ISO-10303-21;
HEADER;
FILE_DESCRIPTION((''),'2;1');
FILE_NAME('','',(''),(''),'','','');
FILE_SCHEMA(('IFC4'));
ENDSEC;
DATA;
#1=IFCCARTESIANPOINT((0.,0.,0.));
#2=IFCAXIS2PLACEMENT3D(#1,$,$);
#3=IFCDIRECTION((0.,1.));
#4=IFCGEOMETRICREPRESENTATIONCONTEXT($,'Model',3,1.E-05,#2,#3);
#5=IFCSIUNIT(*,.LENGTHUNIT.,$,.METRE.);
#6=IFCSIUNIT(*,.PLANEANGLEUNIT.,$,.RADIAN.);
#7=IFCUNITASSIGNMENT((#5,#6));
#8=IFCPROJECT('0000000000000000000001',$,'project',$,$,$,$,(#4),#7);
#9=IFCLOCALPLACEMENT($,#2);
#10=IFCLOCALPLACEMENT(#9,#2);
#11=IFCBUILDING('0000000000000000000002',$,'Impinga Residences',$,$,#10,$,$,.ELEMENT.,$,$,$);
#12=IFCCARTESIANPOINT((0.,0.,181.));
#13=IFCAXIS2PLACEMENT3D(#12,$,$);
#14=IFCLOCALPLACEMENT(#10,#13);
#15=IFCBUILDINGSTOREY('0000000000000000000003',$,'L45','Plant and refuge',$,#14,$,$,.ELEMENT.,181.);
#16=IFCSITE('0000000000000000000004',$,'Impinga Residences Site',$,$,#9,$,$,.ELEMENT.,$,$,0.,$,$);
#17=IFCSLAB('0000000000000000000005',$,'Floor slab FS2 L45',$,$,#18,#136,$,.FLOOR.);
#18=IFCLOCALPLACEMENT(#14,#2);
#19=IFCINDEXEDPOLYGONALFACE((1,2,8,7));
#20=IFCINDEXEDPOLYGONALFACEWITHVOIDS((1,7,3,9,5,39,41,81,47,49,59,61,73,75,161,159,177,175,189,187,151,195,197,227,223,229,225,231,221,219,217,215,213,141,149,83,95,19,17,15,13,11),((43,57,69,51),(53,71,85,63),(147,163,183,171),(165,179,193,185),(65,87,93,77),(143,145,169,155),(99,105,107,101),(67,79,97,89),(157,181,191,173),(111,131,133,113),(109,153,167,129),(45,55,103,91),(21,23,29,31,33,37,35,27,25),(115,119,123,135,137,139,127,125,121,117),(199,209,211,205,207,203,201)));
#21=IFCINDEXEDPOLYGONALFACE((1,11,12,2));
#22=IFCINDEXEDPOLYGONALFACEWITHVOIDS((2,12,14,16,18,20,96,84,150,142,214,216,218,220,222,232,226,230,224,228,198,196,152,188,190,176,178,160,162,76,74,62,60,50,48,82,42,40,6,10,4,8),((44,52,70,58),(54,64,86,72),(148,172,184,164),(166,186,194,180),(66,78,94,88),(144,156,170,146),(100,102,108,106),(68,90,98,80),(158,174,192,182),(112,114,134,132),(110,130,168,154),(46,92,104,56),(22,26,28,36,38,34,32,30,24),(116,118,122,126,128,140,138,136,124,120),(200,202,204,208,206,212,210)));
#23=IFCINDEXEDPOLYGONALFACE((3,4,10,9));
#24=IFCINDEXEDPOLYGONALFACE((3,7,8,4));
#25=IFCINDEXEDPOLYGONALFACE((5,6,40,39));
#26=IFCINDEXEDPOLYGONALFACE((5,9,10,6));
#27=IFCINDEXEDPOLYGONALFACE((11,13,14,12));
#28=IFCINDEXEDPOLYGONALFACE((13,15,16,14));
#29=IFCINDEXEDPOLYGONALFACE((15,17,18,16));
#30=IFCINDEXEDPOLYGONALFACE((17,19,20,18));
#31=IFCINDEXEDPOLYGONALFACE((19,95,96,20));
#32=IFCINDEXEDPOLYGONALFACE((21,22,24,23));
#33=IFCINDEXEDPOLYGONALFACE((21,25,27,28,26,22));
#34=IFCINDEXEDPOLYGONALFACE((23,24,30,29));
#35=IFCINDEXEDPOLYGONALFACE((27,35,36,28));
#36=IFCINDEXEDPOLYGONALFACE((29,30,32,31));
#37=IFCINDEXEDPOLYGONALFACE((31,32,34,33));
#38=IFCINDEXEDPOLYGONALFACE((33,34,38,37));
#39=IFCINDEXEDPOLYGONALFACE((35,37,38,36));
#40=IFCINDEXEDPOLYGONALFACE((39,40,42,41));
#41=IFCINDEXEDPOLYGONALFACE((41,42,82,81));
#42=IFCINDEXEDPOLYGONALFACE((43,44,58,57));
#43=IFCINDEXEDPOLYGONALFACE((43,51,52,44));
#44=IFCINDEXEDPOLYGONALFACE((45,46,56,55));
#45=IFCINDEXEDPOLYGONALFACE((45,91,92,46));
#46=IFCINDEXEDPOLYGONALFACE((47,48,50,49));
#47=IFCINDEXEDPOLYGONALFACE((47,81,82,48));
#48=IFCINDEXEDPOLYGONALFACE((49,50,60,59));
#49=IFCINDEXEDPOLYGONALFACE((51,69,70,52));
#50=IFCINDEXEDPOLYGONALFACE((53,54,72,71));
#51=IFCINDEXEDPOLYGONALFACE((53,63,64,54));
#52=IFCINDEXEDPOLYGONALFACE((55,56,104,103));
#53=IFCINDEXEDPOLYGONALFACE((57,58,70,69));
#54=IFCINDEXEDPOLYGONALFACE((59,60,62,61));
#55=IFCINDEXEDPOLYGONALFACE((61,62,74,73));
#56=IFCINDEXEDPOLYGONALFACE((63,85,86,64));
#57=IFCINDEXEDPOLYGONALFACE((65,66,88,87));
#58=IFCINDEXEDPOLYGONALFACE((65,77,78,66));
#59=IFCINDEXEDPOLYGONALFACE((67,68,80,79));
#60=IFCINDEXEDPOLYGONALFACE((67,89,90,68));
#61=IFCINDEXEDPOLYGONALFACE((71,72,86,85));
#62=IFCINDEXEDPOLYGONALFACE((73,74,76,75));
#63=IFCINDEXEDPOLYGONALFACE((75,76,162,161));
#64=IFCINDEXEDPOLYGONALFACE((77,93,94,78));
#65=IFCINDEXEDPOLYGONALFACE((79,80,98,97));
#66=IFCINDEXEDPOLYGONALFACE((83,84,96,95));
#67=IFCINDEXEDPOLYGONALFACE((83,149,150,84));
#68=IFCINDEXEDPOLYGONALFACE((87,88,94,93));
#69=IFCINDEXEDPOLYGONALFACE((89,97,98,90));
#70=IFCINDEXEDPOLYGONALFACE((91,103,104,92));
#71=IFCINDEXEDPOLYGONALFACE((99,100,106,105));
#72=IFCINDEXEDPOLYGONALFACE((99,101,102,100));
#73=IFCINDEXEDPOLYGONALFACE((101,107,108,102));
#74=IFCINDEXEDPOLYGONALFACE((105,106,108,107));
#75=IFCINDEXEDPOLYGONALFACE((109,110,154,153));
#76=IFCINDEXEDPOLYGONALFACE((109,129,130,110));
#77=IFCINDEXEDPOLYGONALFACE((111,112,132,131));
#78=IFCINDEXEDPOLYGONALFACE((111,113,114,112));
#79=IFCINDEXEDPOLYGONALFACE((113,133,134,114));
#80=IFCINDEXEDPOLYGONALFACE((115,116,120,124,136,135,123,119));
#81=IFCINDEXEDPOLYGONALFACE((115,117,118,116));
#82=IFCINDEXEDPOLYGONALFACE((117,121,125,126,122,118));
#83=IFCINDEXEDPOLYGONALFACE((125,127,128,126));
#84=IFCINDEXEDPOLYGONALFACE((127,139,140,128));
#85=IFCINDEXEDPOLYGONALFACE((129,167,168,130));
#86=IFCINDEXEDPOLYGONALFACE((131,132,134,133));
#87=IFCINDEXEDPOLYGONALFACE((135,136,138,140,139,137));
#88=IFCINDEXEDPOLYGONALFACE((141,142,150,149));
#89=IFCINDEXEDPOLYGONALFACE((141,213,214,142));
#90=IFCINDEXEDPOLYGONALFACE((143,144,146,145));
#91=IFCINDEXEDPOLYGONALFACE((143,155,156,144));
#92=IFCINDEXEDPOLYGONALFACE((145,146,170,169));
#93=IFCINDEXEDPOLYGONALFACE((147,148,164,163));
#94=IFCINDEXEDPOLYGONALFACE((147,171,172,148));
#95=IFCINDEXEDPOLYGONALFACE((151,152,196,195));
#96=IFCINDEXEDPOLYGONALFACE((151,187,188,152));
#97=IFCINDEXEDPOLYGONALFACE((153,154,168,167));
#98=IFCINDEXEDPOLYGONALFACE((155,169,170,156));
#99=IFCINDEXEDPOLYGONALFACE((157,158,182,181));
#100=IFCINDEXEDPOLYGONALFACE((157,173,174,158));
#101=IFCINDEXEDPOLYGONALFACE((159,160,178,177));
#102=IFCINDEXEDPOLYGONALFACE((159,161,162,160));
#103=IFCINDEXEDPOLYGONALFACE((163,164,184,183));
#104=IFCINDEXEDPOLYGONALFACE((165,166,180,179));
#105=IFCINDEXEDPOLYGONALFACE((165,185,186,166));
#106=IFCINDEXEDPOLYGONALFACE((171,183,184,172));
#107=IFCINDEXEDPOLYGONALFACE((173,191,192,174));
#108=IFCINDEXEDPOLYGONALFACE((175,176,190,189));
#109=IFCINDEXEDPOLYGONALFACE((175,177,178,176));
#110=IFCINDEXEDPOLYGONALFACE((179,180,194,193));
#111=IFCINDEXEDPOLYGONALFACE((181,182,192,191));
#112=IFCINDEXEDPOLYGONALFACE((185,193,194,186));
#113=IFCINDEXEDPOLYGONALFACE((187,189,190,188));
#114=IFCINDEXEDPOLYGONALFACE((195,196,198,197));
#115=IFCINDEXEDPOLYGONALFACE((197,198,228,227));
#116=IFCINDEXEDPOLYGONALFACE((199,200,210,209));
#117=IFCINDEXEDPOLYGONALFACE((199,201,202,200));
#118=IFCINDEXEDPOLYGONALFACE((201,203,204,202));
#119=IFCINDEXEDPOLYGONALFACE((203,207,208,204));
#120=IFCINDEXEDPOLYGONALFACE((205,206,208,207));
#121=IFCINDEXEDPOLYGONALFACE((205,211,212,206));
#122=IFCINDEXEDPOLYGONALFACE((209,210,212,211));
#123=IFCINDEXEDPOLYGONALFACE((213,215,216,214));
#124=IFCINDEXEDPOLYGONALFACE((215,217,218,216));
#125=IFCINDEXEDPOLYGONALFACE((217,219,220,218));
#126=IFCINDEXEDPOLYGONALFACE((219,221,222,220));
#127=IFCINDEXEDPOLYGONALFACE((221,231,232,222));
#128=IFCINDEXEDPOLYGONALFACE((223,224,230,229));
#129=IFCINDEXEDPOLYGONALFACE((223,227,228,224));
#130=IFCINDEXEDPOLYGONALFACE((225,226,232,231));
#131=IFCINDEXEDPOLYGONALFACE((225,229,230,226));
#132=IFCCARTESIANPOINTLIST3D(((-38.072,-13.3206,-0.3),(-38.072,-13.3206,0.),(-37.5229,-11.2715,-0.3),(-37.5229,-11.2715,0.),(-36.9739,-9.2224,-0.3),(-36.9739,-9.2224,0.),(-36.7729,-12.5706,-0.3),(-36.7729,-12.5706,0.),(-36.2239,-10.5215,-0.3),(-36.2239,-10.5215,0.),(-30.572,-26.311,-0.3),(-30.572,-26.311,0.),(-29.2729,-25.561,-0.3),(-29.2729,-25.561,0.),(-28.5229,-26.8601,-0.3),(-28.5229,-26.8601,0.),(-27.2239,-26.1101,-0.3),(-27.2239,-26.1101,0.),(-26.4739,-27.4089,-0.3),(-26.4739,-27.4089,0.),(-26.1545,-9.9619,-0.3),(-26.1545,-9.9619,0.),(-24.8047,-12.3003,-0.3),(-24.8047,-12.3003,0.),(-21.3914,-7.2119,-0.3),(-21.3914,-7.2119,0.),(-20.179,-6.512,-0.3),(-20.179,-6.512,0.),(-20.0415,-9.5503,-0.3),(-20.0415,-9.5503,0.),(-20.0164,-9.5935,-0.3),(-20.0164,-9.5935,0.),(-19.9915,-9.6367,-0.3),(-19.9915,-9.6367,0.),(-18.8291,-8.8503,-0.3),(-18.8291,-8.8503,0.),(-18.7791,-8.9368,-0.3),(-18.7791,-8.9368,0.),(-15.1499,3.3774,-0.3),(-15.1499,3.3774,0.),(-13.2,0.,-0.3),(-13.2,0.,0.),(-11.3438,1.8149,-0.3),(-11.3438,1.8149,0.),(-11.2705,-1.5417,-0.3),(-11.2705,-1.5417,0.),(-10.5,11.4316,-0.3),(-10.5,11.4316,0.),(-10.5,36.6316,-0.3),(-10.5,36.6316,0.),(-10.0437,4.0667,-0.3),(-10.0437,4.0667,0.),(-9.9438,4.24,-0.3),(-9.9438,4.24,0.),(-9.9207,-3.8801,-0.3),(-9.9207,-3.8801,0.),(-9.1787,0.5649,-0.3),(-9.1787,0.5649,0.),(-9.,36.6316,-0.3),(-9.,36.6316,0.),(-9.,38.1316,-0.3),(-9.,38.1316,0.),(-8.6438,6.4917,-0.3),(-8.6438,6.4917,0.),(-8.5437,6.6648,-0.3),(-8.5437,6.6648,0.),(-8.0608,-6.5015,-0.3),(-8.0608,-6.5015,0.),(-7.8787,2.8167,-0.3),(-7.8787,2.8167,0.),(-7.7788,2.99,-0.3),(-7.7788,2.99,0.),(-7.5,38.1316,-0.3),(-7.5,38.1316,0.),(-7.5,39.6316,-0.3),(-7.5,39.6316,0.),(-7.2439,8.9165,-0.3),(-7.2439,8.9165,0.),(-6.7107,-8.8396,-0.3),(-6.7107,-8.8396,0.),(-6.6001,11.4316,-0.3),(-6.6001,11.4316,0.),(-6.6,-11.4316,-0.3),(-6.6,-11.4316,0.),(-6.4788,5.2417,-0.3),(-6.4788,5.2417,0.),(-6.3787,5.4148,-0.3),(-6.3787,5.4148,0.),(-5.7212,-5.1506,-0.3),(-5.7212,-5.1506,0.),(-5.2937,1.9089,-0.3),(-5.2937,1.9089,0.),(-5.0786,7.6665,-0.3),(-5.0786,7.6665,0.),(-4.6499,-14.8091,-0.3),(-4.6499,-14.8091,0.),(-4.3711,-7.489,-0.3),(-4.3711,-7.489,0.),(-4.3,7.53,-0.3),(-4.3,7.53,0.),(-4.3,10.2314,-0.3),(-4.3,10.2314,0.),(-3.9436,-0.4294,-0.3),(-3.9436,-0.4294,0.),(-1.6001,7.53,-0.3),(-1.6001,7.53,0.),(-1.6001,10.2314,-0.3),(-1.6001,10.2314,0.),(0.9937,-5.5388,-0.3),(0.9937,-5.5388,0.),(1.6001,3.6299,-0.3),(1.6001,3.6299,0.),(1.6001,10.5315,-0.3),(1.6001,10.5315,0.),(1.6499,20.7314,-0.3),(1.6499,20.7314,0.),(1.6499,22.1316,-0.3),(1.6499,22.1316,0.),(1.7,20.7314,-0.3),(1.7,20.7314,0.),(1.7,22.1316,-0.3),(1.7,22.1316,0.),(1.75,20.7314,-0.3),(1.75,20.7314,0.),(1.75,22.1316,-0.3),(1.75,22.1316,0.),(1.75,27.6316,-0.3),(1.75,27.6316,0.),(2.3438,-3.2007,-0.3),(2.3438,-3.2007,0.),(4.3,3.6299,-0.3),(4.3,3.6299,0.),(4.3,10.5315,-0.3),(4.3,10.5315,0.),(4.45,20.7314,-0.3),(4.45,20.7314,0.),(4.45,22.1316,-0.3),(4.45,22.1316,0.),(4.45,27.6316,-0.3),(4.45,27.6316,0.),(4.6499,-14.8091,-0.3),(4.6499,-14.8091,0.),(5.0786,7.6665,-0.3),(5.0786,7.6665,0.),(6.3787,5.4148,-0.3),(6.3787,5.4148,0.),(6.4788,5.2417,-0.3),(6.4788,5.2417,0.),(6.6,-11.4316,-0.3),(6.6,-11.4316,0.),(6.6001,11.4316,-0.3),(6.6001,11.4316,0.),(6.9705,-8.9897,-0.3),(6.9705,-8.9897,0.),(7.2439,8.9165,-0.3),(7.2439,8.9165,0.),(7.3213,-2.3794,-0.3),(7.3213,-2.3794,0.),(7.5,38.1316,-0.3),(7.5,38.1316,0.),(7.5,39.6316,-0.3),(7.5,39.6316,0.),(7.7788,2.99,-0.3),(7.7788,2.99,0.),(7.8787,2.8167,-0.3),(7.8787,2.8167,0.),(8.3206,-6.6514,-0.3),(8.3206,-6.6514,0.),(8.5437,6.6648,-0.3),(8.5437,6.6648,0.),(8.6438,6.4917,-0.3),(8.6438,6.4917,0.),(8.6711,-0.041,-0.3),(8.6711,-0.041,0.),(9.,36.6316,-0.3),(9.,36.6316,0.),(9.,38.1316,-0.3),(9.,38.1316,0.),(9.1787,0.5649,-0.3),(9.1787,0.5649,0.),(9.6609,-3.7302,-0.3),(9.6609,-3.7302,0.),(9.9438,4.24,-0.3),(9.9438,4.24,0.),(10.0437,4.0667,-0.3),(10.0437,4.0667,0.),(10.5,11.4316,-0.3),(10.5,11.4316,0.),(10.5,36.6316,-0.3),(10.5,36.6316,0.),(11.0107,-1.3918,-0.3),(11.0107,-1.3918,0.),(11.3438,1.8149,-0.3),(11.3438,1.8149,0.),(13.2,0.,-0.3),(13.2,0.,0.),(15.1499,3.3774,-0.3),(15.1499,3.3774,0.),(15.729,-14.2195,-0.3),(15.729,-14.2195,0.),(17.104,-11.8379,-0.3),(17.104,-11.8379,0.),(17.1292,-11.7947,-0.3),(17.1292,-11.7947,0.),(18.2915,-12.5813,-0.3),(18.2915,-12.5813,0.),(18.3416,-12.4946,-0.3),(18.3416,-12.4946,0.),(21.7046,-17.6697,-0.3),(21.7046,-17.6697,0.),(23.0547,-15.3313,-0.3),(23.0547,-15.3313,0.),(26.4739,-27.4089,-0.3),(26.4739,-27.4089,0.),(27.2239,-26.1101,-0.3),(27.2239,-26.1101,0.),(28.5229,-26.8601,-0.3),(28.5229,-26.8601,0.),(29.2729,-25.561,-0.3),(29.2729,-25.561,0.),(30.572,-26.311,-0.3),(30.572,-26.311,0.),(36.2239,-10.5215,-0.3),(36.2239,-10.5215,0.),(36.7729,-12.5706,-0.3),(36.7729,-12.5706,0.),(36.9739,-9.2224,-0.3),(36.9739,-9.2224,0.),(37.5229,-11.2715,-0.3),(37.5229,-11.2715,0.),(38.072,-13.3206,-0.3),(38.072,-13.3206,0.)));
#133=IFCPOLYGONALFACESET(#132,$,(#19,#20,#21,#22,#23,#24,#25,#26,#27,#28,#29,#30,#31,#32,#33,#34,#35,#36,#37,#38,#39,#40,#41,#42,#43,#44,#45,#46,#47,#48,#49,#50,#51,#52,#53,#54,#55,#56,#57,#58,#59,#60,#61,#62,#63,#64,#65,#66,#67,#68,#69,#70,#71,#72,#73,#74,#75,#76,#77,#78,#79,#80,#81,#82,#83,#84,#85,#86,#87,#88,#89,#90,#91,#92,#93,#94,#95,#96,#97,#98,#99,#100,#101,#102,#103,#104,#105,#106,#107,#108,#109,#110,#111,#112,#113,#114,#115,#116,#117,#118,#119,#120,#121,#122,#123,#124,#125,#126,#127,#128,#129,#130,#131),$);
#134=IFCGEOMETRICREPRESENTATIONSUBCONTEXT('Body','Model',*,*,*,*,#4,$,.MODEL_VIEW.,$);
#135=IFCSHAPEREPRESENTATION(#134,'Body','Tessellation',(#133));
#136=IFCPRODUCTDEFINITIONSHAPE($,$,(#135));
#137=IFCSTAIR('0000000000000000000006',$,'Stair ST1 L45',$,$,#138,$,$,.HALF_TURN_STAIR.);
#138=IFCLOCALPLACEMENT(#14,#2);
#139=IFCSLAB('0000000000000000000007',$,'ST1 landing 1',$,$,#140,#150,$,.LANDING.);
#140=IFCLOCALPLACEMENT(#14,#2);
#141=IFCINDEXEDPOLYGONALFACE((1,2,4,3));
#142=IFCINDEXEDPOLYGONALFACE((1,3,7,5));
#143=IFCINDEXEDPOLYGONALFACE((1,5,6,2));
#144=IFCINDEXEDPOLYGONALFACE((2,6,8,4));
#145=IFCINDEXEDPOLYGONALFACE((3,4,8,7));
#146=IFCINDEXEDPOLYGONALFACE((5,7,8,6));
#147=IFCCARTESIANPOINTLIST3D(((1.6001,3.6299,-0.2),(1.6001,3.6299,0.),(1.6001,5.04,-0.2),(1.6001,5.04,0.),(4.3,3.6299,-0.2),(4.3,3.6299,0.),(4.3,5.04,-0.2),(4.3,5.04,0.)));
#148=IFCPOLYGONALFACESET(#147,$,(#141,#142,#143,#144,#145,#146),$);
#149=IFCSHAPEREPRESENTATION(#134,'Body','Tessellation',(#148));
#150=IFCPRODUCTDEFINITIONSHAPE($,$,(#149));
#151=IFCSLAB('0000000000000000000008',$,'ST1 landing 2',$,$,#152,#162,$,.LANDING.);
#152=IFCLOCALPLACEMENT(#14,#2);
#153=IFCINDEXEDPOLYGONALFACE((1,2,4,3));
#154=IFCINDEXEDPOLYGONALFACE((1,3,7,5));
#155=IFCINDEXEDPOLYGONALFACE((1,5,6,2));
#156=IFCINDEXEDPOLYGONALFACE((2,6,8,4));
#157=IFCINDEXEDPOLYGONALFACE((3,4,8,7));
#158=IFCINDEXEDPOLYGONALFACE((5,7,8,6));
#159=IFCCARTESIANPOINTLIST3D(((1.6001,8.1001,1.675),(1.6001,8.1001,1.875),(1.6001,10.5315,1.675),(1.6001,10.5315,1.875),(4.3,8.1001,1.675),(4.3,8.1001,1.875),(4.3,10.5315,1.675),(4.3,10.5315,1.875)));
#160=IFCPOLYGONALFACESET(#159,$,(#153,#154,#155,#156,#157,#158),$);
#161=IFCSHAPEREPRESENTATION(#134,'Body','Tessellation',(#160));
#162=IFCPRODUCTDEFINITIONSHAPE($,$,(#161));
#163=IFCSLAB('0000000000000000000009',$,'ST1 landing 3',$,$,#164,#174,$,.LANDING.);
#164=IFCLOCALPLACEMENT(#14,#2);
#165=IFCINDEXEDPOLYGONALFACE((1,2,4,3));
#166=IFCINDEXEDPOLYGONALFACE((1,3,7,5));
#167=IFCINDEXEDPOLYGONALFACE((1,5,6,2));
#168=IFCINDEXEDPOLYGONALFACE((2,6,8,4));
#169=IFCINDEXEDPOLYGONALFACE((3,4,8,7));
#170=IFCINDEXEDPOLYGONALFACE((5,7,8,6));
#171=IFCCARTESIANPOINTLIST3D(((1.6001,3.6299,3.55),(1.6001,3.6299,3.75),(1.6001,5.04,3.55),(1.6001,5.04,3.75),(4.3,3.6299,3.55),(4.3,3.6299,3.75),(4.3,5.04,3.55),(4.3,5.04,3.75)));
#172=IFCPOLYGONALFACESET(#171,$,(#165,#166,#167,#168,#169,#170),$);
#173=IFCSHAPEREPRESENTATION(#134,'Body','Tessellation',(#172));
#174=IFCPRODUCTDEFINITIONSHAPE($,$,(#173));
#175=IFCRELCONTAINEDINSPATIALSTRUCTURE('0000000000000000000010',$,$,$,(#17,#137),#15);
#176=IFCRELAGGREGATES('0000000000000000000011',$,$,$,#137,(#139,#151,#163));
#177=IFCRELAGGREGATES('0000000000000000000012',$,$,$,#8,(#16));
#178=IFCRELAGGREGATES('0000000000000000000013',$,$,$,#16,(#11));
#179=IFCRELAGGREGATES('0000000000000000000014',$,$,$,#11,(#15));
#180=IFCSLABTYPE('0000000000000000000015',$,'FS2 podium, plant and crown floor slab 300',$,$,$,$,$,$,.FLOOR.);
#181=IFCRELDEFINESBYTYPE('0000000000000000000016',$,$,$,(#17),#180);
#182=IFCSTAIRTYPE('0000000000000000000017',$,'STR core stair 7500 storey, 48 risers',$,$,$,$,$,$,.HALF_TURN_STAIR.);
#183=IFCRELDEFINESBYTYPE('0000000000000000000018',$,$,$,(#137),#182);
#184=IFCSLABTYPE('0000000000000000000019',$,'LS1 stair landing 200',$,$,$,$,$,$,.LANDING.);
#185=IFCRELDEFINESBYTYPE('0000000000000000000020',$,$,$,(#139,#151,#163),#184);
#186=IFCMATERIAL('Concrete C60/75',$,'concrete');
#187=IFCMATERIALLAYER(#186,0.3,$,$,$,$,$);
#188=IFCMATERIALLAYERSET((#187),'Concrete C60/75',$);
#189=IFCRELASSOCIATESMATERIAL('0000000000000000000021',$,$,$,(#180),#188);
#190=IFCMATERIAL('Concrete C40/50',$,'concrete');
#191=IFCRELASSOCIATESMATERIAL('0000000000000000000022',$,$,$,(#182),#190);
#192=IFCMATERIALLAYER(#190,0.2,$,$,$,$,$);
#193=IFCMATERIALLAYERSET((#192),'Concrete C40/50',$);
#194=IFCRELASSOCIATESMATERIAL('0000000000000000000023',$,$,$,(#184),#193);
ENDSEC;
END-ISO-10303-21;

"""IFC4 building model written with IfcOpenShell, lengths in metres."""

from ifc_helpers import new_model, si_unit, direction, frame, origin, place, context, subcontext, project, spatial, polyline, outline, extrude, material, layer, layer_set, type_object, element, aggregate, save


model = new_model("IFC4")

# Units and contexts
model_context = context("Model", 3, precision=1e-05, world=origin(), true_north=direction((0.0, 1.0)))
body_context = subcontext(model_context, "Body", "Model", "MODEL_VIEW")
ifc_project = project(units=[si_unit("LENGTHUNIT", "METRE"), si_unit("PLANEANGLEUNIT", "RADIAN")], contexts=[model_context])

# Site, building, storey
site_placement = place(None, origin())
site = spatial("IfcSite", under=ifc_project, at=site_placement, Name="Impinga Residences Site", CompositionType="ELEMENT", RefElevation=0.0)
building_placement = place(site_placement, origin())
building = spatial("IfcBuilding", under=site, at=building_placement, Name="Impinga Residences", CompositionType="ELEMENT")
storey_placement = place(building_placement, frame((0.0, 0.0, 181.0)))
storey = spatial("IfcBuildingStorey", under=building, at=storey_placement, Name="L45", Description="Plant and refuge", CompositionType="ELEMENT", Elevation=181.0)

# Slab
ifc_material_1 = material(Name="Concrete C60/75", Category="concrete")
ifc_layer_1 = layer(ifc_material_1, 0.3)
ifc_layer_set_1 = layer_set([ifc_layer_1], Name="Concrete C60/75")
slab_type_1 = type_object("IfcSlabType", Name="FS2 podium, plant and crown floor slab 300", PredefinedType="FLOOR", material=ifc_layer_set_1)
slab_1_placement = place(storey_placement, frame((0.0, 0.0, -0.3)))
element("IfcSlab", 1, at=slab_1_placement, inside=storey, type_object=slab_type_1, Name="Floor slab FS2 L45", PredefinedType="FLOOR", context=body_context, shape_type="SweptSolid", body=[
    extrude(outline(polyline([(-27.2239, -26.1101), (-28.5229, -26.8601), (-29.2729, -25.561), (-30.572, -26.311), (-38.072, -13.3206), (-36.7729, -12.5706), (-37.5229, -11.2715), (-36.2239, -10.5215), (-36.9739, -9.2224), (-15.1499, 3.3774), (-13.2, 0.0), (-6.6001, 11.4316), (-10.5, 11.4316), (-10.5, 36.6316), (-9.0, 36.6316), (-9.0, 38.1316), (-7.5, 38.1316), (-7.5, 39.6316), (7.5, 39.6316), (7.5, 38.1316), (9.0, 38.1316), (9.0, 36.6316), (10.5, 36.6316), (10.5, 11.4316), (6.6001, 11.4316), (13.2, 0.0), (15.1499, 3.3774), (36.9739, -9.2224), (36.2239, -10.5215), (37.5229, -11.2715), (36.7729, -12.5706), (38.072, -13.3206), (30.572, -26.311), (29.2729, -25.561), (28.5229, -26.8601), (27.2239, -26.1101), (26.4739, -27.4089), (4.6499, -14.8091), (9.9001, -5.7158), (6.6001, -11.4316), (-6.6001, -11.4316), (-9.9001, -5.7158), (-4.6499, -14.8091), (-26.4739, -27.4089), (-27.2239, -26.1101)]), holes=[polyline([(-18.7791, -8.9368), (-18.8291, -8.8503), (-18.8291, -8.8503), (-20.179, -6.512), (-21.3914, -7.2119), (-21.3914, -7.2119), (-26.1545, -9.9619), (-24.8047, -12.3003), (-20.0415, -9.5503), (-20.0164, -9.5935), (-20.0164, -9.5935), (-19.9915, -9.6367), (-18.7791, -8.9368)]), polyline([(-4.3711, -7.489), (-5.7212, -5.1506), (-8.0608, -6.5015), (-6.7107, -8.8396), (-4.3711, -7.489)]), polyline([(-3.9436, -0.4294), (-5.2937, 1.9089), (-11.2705, -1.5417), (-9.9207, -3.8801), (-3.9436, -0.4294)]), polyline([(-7.8787, 2.8167), (-10.0437, 4.0667), (-11.3438, 1.8149), (-9.1787, 0.5649), (-7.8787, 2.8167)]), polyline([(-6.4788, 5.2417), (-8.6438, 6.4917), (-9.9438, 4.24), (-7.7788, 2.99), (-6.4788, 5.2417)]), polyline([(4.3, 3.6299), (4.3, 10.5315), (1.6001, 10.5315), (1.6001, 3.6299), (4.3, 3.6299)]), polyline([(-6.3787, 5.4148), (-5.0786, 7.6665), (-7.2439, 8.9165), (-8.5437, 6.6648), (-6.3787, 5.4148)]), polyline([(-4.3, 7.53), (-1.6001, 7.53), (-1.6001, 10.2314), (-4.3, 10.2314), (-4.3, 7.53)]), polyline([(4.45, 20.7314), (4.45, 22.1316), (4.45, 27.6316), (1.75, 27.6316), (1.75, 22.1316), (1.7, 22.1316), (1.6499, 22.1316), (1.6499, 20.7314), (1.7, 20.7314), (1.75, 20.7314), (4.45, 20.7314)]), polyline([(15.729, -14.2195), (21.7046, -17.6697), (23.0547, -15.3313), (18.2915, -12.5813), (18.3416, -12.4946), (17.1292, -11.7947), (17.104, -11.8379), (17.104, -11.8379), (15.729, -14.2195)]), polyline([(2.3438, -3.2007), (0.9937, -5.5388), (6.9705, -8.9897), (8.3206, -6.6514), (2.3438, -3.2007)]), polyline([(7.3213, -2.3794), (9.6609, -3.7302), (11.0107, -1.3918), (8.6711, -0.041), (7.3213, -2.3794)]), polyline([(7.8787, 2.8167), (9.1787, 0.5649), (11.3438, 1.8149), (10.0437, 4.0667), (7.8787, 2.8167)]), polyline([(6.4788, 5.2417), (7.7788, 2.99), (9.9438, 4.24), (8.6438, 6.4917), (6.4788, 5.2417)]), polyline([(6.3787, 5.4148), (8.5437, 6.6648), (7.2439, 8.9165), (5.0786, 7.6665), (6.3787, 5.4148)])]), origin(), (0.0, 0.0, 1.0), 0.3),
])

# Stair, slabs
ifc_material_2 = material(Name="Concrete C40/50", Category="concrete")
stair_type = type_object("IfcStairType", Name="STR core stair 7500 storey, 48 risers", PredefinedType="HALF_TURN_STAIR", material=ifc_material_2)
stair_1_placement = place(storey_placement, origin())
stair_1 = element("IfcStair", 2, at=stair_1_placement, inside=storey, type_object=stair_type, Name="Stair ST1 L45", PredefinedType="HALF_TURN_STAIR")
ifc_layer_2 = layer(ifc_material_2, 0.2)
ifc_layer_set_2 = layer_set([ifc_layer_2], Name="Concrete C40/50")
slab_type_2 = type_object("IfcSlabType", Name="LS1 stair landing 200", PredefinedType="LANDING", material=ifc_layer_set_2)
slab_2_placement = place(storey_placement, frame((0.0, 0.0, -0.2)))
slab_2 = element("IfcSlab", 3, at=slab_2_placement, type_object=slab_type_2, Name="ST1 landing 1", PredefinedType="LANDING", context=body_context, shape_type="SweptSolid", body=[
    extrude(outline(polyline([(1.6001, 3.6299), (4.3, 3.6299), (4.3, 5.04), (1.6001, 5.04), (1.6001, 3.6299)])), origin(), (0.0, 0.0, 1.0), 0.2),
])
slab_3_placement = place(storey_placement, frame((0.0, 0.0, 1.675)))
slab_3 = element("IfcSlab", 4, at=slab_3_placement, type_object=slab_type_2, Name="ST1 landing 2", PredefinedType="LANDING", context=body_context, shape_type="SweptSolid", body=[
    extrude(outline(polyline([(1.6001, 8.1001), (4.3, 8.1001), (4.3, 10.5315), (1.6001, 10.5315), (1.6001, 8.1001)])), origin(), (0.0, 0.0, 1.0), 0.2),
])
slab_4_placement = place(storey_placement, frame((0.0, 0.0, 3.55)))
slab_4 = element("IfcSlab", 5, at=slab_4_placement, type_object=slab_type_2, Name="ST1 landing 3", PredefinedType="LANDING", context=body_context, shape_type="SweptSolid", body=[
    extrude(outline(polyline([(1.6001, 3.6299), (4.3, 3.6299), (4.3, 5.04), (1.6001, 5.04), (1.6001, 3.6299)])), origin(), (0.0, 0.0, 1.0), 0.2),
])
aggregate(stair_1, [slab_2, slab_3, slab_4])

save(model, "model.ifc")
